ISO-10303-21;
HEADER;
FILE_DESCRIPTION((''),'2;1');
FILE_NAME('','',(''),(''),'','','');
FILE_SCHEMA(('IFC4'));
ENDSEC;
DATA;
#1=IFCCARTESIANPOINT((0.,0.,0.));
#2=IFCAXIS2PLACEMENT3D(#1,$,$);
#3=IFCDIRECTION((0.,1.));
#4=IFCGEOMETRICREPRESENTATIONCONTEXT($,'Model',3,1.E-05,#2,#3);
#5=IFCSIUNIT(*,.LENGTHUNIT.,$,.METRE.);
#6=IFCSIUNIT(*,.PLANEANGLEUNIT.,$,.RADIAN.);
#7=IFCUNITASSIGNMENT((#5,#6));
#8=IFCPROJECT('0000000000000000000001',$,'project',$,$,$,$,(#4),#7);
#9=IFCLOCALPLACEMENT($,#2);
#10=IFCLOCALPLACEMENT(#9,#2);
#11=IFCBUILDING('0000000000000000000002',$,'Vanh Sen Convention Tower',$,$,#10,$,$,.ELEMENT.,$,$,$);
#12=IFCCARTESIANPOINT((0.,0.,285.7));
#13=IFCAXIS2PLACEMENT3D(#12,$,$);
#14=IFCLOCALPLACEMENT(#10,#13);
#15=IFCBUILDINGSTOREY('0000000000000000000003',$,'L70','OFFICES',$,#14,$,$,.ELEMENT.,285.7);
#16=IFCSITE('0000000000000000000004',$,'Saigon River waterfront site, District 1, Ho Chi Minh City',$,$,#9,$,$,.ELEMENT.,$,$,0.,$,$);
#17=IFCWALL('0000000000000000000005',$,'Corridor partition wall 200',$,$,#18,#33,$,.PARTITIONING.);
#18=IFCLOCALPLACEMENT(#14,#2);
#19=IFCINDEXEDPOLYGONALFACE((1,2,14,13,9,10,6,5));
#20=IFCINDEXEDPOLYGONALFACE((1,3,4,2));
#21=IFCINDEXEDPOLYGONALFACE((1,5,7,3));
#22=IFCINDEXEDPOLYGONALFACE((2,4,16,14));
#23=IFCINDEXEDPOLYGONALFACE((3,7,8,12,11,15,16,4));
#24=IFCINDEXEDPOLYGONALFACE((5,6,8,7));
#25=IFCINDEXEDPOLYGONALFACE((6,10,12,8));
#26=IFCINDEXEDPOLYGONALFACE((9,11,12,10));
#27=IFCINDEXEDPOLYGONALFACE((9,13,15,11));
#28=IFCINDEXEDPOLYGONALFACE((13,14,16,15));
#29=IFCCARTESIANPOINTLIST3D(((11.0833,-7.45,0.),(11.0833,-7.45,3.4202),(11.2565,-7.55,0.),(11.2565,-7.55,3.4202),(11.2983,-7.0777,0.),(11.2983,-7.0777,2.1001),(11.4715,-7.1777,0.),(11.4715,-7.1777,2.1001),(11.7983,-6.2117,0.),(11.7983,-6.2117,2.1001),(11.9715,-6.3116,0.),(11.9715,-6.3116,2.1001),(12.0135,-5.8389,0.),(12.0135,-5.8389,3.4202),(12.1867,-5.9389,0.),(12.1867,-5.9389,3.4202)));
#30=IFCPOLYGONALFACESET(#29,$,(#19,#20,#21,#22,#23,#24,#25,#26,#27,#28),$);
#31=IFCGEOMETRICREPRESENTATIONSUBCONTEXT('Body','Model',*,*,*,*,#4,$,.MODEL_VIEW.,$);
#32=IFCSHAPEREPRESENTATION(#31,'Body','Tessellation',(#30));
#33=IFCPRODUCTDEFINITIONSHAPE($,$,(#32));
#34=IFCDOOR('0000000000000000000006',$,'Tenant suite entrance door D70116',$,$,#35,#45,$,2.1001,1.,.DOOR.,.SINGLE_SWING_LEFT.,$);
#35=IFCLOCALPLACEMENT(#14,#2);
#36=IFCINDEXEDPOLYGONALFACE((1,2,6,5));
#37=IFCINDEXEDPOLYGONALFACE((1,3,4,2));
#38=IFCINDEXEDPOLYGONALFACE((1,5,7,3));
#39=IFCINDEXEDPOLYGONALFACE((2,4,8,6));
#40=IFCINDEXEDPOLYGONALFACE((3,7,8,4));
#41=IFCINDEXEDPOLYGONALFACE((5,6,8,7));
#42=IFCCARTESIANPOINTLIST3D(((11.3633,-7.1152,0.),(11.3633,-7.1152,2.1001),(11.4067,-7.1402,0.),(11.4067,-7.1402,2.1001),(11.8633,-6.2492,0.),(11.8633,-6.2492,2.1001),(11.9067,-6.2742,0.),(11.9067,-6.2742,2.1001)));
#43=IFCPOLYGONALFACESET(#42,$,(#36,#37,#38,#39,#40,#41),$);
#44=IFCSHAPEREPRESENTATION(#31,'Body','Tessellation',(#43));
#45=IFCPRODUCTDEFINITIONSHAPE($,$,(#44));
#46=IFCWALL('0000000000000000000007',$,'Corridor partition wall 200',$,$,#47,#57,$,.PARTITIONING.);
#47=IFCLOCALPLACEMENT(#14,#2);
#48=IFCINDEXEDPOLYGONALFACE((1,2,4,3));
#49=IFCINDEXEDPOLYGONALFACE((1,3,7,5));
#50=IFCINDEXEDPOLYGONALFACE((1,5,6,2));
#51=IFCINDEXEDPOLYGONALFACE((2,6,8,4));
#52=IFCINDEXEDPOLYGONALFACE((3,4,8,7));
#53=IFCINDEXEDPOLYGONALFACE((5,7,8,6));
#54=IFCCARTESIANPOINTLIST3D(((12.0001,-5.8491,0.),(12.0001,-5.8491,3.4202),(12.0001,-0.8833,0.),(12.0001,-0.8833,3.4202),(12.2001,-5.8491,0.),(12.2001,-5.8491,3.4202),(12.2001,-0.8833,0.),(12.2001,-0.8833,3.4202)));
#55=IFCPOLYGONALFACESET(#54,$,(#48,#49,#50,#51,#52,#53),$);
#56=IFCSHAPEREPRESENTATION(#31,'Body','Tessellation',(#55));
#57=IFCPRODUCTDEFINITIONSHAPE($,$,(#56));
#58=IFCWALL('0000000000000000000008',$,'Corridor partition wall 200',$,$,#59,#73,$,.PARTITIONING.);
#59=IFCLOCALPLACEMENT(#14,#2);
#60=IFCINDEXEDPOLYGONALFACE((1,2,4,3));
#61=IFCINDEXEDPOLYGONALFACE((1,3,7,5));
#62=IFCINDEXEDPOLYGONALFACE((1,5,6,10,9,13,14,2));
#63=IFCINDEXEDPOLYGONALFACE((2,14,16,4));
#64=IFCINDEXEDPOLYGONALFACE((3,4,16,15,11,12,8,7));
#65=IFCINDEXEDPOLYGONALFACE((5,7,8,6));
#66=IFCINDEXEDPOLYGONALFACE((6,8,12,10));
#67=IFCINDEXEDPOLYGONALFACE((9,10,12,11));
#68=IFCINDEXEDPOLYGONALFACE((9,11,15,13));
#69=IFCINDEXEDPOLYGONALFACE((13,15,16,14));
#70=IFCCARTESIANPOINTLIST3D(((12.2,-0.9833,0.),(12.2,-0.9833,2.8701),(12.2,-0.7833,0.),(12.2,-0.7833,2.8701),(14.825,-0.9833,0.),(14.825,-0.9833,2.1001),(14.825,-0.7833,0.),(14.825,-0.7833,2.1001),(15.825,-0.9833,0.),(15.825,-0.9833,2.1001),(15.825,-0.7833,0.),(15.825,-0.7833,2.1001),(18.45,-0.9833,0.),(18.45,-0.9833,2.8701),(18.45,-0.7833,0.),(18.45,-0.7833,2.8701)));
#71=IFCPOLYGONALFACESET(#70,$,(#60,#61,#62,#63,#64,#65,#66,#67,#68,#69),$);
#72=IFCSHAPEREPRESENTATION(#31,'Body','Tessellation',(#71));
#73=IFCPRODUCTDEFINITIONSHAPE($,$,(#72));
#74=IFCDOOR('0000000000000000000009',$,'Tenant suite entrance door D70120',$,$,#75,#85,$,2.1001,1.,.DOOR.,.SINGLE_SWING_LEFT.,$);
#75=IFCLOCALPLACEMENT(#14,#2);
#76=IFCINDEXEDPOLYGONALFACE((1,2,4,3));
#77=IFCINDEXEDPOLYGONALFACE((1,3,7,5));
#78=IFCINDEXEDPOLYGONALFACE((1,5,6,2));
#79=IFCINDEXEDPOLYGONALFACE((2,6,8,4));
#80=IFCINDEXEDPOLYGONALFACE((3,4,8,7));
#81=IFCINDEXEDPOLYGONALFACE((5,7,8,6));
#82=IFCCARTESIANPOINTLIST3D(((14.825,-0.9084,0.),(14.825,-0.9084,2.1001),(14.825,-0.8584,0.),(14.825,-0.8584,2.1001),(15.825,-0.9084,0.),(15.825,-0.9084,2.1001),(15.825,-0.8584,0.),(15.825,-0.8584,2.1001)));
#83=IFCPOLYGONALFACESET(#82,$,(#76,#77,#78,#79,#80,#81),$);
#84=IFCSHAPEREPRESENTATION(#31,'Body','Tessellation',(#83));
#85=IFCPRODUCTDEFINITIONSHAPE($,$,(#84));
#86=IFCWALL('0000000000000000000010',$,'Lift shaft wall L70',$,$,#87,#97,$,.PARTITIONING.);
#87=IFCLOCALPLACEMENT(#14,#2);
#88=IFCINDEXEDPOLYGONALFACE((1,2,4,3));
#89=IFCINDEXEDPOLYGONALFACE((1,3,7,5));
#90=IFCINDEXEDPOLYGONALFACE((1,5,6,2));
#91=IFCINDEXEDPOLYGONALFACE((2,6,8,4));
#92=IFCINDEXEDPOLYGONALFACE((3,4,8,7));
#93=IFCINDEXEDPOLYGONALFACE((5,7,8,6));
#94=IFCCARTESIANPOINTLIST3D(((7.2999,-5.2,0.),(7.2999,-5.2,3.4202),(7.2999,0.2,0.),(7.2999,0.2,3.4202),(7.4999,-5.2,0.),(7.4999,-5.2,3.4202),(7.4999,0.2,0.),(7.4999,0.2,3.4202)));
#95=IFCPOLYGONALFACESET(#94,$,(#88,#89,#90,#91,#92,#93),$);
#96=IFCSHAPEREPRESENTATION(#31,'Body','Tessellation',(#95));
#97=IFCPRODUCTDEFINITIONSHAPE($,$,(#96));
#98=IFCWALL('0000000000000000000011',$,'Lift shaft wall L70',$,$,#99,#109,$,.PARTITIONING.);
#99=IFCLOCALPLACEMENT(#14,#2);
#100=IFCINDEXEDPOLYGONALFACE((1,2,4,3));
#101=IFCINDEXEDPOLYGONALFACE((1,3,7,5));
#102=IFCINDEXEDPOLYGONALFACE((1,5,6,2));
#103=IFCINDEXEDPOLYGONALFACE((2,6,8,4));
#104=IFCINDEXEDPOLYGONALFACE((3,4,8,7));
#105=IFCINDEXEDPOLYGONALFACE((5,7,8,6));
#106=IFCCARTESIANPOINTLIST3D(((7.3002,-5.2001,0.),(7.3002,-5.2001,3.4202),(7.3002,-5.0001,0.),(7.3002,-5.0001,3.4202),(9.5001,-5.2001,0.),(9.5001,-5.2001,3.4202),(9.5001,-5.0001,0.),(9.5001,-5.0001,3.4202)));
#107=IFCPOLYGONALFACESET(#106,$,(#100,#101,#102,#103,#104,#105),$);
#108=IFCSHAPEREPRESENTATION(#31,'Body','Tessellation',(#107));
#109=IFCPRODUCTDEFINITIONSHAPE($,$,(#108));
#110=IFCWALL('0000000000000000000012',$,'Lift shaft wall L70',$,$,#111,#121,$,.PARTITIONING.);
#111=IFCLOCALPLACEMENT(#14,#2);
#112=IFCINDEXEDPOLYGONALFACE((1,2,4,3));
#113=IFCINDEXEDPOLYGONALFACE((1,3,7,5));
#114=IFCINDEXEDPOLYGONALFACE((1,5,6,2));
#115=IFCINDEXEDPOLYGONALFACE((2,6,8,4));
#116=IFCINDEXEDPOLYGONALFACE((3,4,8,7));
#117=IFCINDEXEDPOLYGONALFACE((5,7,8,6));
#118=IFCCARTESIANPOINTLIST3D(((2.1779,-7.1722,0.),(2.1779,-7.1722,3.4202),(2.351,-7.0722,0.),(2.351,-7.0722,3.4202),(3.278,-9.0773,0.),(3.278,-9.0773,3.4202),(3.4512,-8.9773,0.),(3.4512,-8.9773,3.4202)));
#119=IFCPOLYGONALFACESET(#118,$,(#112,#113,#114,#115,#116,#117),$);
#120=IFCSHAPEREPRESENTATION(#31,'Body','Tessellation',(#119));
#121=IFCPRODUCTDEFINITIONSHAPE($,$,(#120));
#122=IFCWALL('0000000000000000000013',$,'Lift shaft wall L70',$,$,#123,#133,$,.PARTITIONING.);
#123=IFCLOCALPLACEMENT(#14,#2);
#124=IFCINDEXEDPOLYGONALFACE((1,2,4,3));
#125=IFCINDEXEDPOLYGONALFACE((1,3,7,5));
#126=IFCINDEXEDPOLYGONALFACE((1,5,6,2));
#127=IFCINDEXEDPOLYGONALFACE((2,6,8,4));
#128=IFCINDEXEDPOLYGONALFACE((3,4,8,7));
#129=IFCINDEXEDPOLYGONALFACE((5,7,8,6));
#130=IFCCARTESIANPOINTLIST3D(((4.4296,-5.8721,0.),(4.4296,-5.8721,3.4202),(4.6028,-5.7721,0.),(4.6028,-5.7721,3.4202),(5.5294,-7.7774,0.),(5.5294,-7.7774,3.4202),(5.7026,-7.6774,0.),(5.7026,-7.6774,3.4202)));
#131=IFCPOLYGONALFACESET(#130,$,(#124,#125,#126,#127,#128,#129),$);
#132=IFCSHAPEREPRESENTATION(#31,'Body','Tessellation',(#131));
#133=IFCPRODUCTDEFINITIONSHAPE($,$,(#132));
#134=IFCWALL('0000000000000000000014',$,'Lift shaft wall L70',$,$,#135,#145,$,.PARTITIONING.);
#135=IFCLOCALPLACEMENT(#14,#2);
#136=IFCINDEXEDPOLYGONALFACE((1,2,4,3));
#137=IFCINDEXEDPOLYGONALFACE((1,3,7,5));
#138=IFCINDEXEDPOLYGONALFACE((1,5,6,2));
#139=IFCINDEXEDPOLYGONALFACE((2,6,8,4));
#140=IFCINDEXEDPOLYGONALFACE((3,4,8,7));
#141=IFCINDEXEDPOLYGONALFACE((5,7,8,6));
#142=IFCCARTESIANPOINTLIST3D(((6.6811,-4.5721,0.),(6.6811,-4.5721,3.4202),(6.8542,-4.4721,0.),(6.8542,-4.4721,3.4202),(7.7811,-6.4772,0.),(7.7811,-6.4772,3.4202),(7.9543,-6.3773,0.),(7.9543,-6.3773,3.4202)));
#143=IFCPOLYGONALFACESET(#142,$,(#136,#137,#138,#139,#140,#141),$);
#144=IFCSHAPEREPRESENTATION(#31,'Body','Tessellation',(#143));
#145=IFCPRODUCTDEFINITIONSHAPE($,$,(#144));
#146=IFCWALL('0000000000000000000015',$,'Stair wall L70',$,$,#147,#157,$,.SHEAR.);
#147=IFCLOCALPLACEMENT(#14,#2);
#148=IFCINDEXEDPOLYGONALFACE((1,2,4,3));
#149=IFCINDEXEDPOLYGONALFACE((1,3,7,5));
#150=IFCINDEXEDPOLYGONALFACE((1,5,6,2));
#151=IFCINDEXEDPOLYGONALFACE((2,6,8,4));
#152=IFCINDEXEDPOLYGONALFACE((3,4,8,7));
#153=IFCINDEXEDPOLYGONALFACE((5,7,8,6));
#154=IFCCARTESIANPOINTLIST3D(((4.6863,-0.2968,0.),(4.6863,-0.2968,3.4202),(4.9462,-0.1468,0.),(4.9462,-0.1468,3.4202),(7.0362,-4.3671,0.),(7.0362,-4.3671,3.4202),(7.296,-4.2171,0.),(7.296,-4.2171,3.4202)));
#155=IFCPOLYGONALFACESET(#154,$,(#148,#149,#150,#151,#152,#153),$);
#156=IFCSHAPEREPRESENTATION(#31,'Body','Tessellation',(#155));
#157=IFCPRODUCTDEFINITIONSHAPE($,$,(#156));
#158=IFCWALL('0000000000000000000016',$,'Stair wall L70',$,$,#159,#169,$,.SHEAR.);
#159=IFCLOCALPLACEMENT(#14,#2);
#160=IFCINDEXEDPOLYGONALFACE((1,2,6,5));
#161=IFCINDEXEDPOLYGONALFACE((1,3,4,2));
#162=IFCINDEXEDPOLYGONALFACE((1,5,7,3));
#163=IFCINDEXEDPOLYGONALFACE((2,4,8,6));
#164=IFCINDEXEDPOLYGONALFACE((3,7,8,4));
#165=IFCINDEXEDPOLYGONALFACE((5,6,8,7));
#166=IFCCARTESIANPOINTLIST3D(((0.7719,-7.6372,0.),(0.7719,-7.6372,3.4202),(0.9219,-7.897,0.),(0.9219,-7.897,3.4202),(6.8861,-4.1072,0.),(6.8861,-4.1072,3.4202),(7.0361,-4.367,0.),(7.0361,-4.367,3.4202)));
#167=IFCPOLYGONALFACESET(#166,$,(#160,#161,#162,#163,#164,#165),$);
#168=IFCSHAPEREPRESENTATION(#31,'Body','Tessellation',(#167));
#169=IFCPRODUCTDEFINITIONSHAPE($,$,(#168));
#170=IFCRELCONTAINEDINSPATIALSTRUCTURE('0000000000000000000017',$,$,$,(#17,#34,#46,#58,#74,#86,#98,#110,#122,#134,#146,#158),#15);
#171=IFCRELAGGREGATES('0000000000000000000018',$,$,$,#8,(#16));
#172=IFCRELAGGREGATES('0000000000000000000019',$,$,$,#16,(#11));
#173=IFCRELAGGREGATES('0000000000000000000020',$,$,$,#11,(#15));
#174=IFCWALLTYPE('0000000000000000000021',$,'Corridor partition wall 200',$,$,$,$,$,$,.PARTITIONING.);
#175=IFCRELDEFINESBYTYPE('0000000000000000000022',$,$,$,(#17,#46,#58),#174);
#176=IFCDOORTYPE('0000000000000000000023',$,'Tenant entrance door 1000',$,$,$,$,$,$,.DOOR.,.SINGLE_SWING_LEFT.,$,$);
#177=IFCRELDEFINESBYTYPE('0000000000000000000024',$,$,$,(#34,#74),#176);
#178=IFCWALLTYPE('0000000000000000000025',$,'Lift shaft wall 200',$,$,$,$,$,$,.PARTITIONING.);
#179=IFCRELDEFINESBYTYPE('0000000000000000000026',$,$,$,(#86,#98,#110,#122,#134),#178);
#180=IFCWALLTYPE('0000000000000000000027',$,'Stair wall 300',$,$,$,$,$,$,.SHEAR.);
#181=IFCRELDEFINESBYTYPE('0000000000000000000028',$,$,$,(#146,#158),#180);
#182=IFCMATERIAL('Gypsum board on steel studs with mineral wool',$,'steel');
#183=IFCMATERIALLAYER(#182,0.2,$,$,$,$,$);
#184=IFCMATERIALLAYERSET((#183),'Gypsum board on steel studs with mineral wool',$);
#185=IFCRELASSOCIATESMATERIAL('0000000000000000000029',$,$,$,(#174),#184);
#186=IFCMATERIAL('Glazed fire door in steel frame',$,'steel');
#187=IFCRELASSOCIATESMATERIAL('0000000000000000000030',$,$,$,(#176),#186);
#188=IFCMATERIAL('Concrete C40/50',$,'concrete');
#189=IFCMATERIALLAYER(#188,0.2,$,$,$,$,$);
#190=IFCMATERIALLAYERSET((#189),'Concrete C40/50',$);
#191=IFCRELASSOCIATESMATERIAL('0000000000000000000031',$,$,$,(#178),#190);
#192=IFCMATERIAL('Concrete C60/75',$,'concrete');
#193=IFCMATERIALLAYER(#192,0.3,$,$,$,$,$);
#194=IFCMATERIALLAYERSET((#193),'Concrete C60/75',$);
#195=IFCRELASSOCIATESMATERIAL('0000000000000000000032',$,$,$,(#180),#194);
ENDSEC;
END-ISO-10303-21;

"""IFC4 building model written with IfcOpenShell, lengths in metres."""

from ifc_helpers import new_model, si_unit, direction, frame, frame_2d, origin, place, context, subcontext, project, spatial, rectangle, extrude, material, layer, layer_set, type_object, element, fill, save


model = new_model("IFC4")

# Units and contexts
model_context = context("Model", 3, precision=1e-05, world=origin(), true_north=direction((0.0, 1.0)))
body_context = subcontext(model_context, "Body", "Model", "MODEL_VIEW")
ifc_project = project(units=[si_unit("LENGTHUNIT", "METRE"), si_unit("PLANEANGLEUNIT", "RADIAN")], contexts=[model_context])

# Site, building, storey
site_placement = place(None, origin())
site = spatial("IfcSite", under=ifc_project, at=site_placement, Name="Saigon River waterfront site, District 1, Ho Chi Minh City", CompositionType="ELEMENT", RefElevation=0.0)
building_placement = place(site_placement, origin())
building = spatial("IfcBuilding", under=site, at=building_placement, Name="Vanh Sen Convention Tower", CompositionType="ELEMENT")
storey_placement = place(building_placement, frame((0.0, 0.0, 285.7)))
storey = spatial("IfcBuildingStorey", under=building, at=storey_placement, Name="L70", Description="OFFICES", CompositionType="ELEMENT", Elevation=285.7)

# Shared definitions
ifc_material_1 = material(Name="Concrete C60/75", Category="concrete")

# Shared definitions
ifc_material_2 = material(Name="Gypsum board on steel studs with mineral wool", Category="steel")
ifc_layer_1 = layer(ifc_material_2, 0.2)
ifc_layer_set_1 = layer_set([ifc_layer_1], Name="Gypsum board on steel studs with mineral wool")
wall_type_1 = type_object("IfcWallType", Name="Corridor partition wall 200", PredefinedType="PARTITIONING", material=ifc_layer_set_1)

# Wall, opening, door
wall_1_placement = place(storey_placement, frame((11.1699, -7.5, 0.0), z_axis=(0.0, 0.0, 1.0), x_axis=(0.500006, 0.866022, 0.0)))
wall_1 = element("IfcWall", 1, at=wall_1_placement, inside=storey, type_object=wall_type_1, Name="Corridor partition wall 200", PredefinedType="PARTITIONING", context=body_context, shape_type="SweptSolid", body=[
    extrude(rectangle(XDim=1.8604, YDim=0.2, at=frame_2d((0.9302, 0.0))), origin(), (0.0, 0.0, 1.0), 3.4202),
])
opening_1_placement = place(wall_1_placement, frame((0.4299, 0.0, 0.0)))
opening_1 = element("IfcOpeningElement", 2, at=opening_1_placement, cuts=wall_1, PredefinedType="OPENING", context=body_context, shape_type="SweptSolid", body=[
    extrude(rectangle(XDim=1.0, YDim=2.1001, at=frame_2d((0.5, 1.05))), frame((0.0, 0.1099, 0.0), z_axis=(0.0, -1.0, 0.0), x_axis=(1.0, 0.0, 0.0)), (0.0, 0.0, 1.0), 0.22),
])
ifc_material_3 = material(Name="Glazed fire door in steel frame", Category="steel")
door_type_1 = type_object("IfcDoorType", Name="Tenant entrance door 1000", OperationType="SINGLE_SWING_LEFT", PredefinedType="DOOR", material=ifc_material_3)
door_1_placement = place(opening_1_placement, origin())
door_1 = element("IfcDoor", 3, at=door_1_placement, inside=storey, type_object=door_type_1, Name="Tenant suite entrance door D70116", OperationType="SINGLE_SWING_LEFT", OverallHeight=2.1001, OverallWidth=1.0, PredefinedType="DOOR", context=body_context, shape_type="SweptSolid", body=[
    extrude(rectangle(XDim=1.0, YDim=2.1001, at=frame_2d((0.5, 1.05))), frame((0.0, 0.0249, 0.0), z_axis=(0.0, -1.0, 0.0), x_axis=(1.0, 0.0, 0.0)), (0.0, 0.0, 1.0), 0.05),
])
fill(opening_1, door_1)

# Wall
wall_2_placement = place(storey_placement, frame((12.1001, -5.8491, 0.0), z_axis=(0.0, 0.0, 1.0), x_axis=(0.0, 1.0, 0.0)))
element("IfcWall", 4, at=wall_2_placement, inside=storey, type_object=wall_type_1, Name="Corridor partition wall 200", PredefinedType="PARTITIONING", context=body_context, shape_type="SweptSolid", body=[
    extrude(rectangle(XDim=4.9658, YDim=0.2, at=frame_2d((2.4829, 0.0))), origin(), (0.0, 0.0, 1.0), 3.4202),
])

# Wall, opening, door
wall_3_placement = place(storey_placement, frame((12.2, -0.8833, 0.0), z_axis=(0.0, 0.0, 1.0), x_axis=(1.0, 0.0, 0.0)))
wall_3 = element("IfcWall", 5, at=wall_3_placement, inside=storey, type_object=wall_type_1, Name="Corridor partition wall 200", PredefinedType="PARTITIONING", context=body_context, shape_type="SweptSolid", body=[
    extrude(rectangle(XDim=6.25, YDim=0.2, at=frame_2d((3.125, 0.0))), origin(), (0.0, 0.0, 1.0), 2.8701),
])
opening_2_placement = place(wall_3_placement, frame((2.625, 0.0, 0.0)))
opening_2 = element("IfcOpeningElement", 6, at=opening_2_placement, cuts=wall_3, PredefinedType="OPENING", context=body_context, shape_type="SweptSolid", body=[
    extrude(rectangle(XDim=1.0, YDim=2.1001, at=frame_2d((0.5, 1.05))), frame((0.0, 0.1099, 0.0), z_axis=(0.0, -1.0, 0.0), x_axis=(1.0, 0.0, 0.0)), (0.0, 0.0, 1.0), 0.22),
])
door_2_placement = place(opening_2_placement, origin())
door_2 = element("IfcDoor", 7, at=door_2_placement, inside=storey, type_object=door_type_1, Name="Tenant suite entrance door D70120", OperationType="SINGLE_SWING_LEFT", OverallHeight=2.1001, OverallWidth=1.0, PredefinedType="DOOR", context=body_context, shape_type="SweptSolid", body=[
    extrude(rectangle(XDim=1.0, YDim=2.1001, at=frame_2d((0.5, 1.05))), frame((0.0, 0.0249, 0.0), z_axis=(0.0, -1.0, 0.0), x_axis=(1.0, 0.0, 0.0)), (0.0, 0.0, 1.0), 0.05),
])
fill(opening_2, door_2)

# Walls
ifc_material_4 = material(Name="Concrete C40/50", Category="concrete")
ifc_layer_2 = layer(ifc_material_4, 0.2)
ifc_layer_set_2 = layer_set([ifc_layer_2], Name="Concrete C40/50")
wall_type_2 = type_object("IfcWallType", Name="Lift shaft wall 200", PredefinedType="PARTITIONING", material=ifc_layer_set_2)
wall_4_placement = place(storey_placement, frame((7.3999, -5.2, 0.0), z_axis=(0.0, 0.0, 1.0), x_axis=(0.0, 1.0, 0.0)))
element("IfcWall", 8, at=wall_4_placement, inside=storey, type_object=wall_type_2, Name="Lift shaft wall L70", PredefinedType="PARTITIONING", context=body_context, shape_type="SweptSolid", body=[
    extrude(rectangle(XDim=5.3999, YDim=0.2, at=frame_2d((2.7, 0.0))), origin(), (0.0, 0.0, 1.0), 3.4202),
])
for number, where, z_axis, x_axis, name in (
    (9, (7.3, -5.1001, 0.0), (0.0, 0.0, 1.0), (1.0, 0.0, 0.0), "Lift shaft wall L70"),
    (10, (2.2644, -7.1221, 0.0), (0.0, 0.0, 1.0), (0.500078, -0.86598, 0.0), "Lift shaft wall L70"),
    (11, (4.5161, -5.822, 0.0), (0.0, 0.0, 1.0), (0.499947, -0.866056, 0.0), "Lift shaft wall L70"),
    (12, (6.7676, -4.522, 0.0), (0.0, 0.0, 1.0), (0.50003, -0.866008, 0.0), "Lift shaft wall L70"),
):
    element("IfcWall", number, at=place(storey_placement, frame(where, z_axis=z_axis, x_axis=x_axis)), inside=storey, type_object=wall_type_2, Name=name, PredefinedType="PARTITIONING", context=body_context, shape_type="SweptSolid", body=[
        extrude(rectangle(XDim=2.2, YDim=0.2, at=frame_2d((1.1001, 0.0))), origin(), (0.0, 0.0, 1.0), 3.4202),
    ])
ifc_layer_3 = layer(ifc_material_1, 0.3)
ifc_layer_set_3 = layer_set([ifc_layer_3], Name="Concrete C60/75")
wall_type_3 = type_object("IfcWallType", Name="Stair wall 300", PredefinedType="SHEAR", material=ifc_layer_set_3)
wall_5_placement = place(storey_placement, frame((4.8162, -0.2217, 0.0), z_axis=(0.0, 0.0, 1.0), x_axis=(0.499977, -0.866039, 0.0)))
element("IfcWall", 13, at=wall_5_placement, inside=storey, type_object=wall_type_3, Name="Stair wall L70", PredefinedType="SHEAR", context=body_context, shape_type="SweptSolid", body=[
    extrude(rectangle(XDim=4.7, YDim=0.3, at=frame_2d((2.3501, 0.0))), origin(), (0.0, 0.0, 1.0), 3.4202),
])
wall_6_placement = place(storey_placement, frame((0.8469, -7.7671, 0.0), z_axis=(0.0, 0.0, 1.0), x_axis=(0.866028, 0.499996, 0.0)))
element("IfcWall", 14, at=wall_6_placement, inside=storey, type_object=wall_type_3, Name="Stair wall L70", PredefinedType="SHEAR", context=body_context, shape_type="SweptSolid", body=[
    extrude(rectangle(XDim=7.0601, YDim=0.3, at=frame_2d((3.53, 0.0))), origin(), (0.0, 0.0, 1.0), 3.4202),
])

save(model, "model.ifc")
